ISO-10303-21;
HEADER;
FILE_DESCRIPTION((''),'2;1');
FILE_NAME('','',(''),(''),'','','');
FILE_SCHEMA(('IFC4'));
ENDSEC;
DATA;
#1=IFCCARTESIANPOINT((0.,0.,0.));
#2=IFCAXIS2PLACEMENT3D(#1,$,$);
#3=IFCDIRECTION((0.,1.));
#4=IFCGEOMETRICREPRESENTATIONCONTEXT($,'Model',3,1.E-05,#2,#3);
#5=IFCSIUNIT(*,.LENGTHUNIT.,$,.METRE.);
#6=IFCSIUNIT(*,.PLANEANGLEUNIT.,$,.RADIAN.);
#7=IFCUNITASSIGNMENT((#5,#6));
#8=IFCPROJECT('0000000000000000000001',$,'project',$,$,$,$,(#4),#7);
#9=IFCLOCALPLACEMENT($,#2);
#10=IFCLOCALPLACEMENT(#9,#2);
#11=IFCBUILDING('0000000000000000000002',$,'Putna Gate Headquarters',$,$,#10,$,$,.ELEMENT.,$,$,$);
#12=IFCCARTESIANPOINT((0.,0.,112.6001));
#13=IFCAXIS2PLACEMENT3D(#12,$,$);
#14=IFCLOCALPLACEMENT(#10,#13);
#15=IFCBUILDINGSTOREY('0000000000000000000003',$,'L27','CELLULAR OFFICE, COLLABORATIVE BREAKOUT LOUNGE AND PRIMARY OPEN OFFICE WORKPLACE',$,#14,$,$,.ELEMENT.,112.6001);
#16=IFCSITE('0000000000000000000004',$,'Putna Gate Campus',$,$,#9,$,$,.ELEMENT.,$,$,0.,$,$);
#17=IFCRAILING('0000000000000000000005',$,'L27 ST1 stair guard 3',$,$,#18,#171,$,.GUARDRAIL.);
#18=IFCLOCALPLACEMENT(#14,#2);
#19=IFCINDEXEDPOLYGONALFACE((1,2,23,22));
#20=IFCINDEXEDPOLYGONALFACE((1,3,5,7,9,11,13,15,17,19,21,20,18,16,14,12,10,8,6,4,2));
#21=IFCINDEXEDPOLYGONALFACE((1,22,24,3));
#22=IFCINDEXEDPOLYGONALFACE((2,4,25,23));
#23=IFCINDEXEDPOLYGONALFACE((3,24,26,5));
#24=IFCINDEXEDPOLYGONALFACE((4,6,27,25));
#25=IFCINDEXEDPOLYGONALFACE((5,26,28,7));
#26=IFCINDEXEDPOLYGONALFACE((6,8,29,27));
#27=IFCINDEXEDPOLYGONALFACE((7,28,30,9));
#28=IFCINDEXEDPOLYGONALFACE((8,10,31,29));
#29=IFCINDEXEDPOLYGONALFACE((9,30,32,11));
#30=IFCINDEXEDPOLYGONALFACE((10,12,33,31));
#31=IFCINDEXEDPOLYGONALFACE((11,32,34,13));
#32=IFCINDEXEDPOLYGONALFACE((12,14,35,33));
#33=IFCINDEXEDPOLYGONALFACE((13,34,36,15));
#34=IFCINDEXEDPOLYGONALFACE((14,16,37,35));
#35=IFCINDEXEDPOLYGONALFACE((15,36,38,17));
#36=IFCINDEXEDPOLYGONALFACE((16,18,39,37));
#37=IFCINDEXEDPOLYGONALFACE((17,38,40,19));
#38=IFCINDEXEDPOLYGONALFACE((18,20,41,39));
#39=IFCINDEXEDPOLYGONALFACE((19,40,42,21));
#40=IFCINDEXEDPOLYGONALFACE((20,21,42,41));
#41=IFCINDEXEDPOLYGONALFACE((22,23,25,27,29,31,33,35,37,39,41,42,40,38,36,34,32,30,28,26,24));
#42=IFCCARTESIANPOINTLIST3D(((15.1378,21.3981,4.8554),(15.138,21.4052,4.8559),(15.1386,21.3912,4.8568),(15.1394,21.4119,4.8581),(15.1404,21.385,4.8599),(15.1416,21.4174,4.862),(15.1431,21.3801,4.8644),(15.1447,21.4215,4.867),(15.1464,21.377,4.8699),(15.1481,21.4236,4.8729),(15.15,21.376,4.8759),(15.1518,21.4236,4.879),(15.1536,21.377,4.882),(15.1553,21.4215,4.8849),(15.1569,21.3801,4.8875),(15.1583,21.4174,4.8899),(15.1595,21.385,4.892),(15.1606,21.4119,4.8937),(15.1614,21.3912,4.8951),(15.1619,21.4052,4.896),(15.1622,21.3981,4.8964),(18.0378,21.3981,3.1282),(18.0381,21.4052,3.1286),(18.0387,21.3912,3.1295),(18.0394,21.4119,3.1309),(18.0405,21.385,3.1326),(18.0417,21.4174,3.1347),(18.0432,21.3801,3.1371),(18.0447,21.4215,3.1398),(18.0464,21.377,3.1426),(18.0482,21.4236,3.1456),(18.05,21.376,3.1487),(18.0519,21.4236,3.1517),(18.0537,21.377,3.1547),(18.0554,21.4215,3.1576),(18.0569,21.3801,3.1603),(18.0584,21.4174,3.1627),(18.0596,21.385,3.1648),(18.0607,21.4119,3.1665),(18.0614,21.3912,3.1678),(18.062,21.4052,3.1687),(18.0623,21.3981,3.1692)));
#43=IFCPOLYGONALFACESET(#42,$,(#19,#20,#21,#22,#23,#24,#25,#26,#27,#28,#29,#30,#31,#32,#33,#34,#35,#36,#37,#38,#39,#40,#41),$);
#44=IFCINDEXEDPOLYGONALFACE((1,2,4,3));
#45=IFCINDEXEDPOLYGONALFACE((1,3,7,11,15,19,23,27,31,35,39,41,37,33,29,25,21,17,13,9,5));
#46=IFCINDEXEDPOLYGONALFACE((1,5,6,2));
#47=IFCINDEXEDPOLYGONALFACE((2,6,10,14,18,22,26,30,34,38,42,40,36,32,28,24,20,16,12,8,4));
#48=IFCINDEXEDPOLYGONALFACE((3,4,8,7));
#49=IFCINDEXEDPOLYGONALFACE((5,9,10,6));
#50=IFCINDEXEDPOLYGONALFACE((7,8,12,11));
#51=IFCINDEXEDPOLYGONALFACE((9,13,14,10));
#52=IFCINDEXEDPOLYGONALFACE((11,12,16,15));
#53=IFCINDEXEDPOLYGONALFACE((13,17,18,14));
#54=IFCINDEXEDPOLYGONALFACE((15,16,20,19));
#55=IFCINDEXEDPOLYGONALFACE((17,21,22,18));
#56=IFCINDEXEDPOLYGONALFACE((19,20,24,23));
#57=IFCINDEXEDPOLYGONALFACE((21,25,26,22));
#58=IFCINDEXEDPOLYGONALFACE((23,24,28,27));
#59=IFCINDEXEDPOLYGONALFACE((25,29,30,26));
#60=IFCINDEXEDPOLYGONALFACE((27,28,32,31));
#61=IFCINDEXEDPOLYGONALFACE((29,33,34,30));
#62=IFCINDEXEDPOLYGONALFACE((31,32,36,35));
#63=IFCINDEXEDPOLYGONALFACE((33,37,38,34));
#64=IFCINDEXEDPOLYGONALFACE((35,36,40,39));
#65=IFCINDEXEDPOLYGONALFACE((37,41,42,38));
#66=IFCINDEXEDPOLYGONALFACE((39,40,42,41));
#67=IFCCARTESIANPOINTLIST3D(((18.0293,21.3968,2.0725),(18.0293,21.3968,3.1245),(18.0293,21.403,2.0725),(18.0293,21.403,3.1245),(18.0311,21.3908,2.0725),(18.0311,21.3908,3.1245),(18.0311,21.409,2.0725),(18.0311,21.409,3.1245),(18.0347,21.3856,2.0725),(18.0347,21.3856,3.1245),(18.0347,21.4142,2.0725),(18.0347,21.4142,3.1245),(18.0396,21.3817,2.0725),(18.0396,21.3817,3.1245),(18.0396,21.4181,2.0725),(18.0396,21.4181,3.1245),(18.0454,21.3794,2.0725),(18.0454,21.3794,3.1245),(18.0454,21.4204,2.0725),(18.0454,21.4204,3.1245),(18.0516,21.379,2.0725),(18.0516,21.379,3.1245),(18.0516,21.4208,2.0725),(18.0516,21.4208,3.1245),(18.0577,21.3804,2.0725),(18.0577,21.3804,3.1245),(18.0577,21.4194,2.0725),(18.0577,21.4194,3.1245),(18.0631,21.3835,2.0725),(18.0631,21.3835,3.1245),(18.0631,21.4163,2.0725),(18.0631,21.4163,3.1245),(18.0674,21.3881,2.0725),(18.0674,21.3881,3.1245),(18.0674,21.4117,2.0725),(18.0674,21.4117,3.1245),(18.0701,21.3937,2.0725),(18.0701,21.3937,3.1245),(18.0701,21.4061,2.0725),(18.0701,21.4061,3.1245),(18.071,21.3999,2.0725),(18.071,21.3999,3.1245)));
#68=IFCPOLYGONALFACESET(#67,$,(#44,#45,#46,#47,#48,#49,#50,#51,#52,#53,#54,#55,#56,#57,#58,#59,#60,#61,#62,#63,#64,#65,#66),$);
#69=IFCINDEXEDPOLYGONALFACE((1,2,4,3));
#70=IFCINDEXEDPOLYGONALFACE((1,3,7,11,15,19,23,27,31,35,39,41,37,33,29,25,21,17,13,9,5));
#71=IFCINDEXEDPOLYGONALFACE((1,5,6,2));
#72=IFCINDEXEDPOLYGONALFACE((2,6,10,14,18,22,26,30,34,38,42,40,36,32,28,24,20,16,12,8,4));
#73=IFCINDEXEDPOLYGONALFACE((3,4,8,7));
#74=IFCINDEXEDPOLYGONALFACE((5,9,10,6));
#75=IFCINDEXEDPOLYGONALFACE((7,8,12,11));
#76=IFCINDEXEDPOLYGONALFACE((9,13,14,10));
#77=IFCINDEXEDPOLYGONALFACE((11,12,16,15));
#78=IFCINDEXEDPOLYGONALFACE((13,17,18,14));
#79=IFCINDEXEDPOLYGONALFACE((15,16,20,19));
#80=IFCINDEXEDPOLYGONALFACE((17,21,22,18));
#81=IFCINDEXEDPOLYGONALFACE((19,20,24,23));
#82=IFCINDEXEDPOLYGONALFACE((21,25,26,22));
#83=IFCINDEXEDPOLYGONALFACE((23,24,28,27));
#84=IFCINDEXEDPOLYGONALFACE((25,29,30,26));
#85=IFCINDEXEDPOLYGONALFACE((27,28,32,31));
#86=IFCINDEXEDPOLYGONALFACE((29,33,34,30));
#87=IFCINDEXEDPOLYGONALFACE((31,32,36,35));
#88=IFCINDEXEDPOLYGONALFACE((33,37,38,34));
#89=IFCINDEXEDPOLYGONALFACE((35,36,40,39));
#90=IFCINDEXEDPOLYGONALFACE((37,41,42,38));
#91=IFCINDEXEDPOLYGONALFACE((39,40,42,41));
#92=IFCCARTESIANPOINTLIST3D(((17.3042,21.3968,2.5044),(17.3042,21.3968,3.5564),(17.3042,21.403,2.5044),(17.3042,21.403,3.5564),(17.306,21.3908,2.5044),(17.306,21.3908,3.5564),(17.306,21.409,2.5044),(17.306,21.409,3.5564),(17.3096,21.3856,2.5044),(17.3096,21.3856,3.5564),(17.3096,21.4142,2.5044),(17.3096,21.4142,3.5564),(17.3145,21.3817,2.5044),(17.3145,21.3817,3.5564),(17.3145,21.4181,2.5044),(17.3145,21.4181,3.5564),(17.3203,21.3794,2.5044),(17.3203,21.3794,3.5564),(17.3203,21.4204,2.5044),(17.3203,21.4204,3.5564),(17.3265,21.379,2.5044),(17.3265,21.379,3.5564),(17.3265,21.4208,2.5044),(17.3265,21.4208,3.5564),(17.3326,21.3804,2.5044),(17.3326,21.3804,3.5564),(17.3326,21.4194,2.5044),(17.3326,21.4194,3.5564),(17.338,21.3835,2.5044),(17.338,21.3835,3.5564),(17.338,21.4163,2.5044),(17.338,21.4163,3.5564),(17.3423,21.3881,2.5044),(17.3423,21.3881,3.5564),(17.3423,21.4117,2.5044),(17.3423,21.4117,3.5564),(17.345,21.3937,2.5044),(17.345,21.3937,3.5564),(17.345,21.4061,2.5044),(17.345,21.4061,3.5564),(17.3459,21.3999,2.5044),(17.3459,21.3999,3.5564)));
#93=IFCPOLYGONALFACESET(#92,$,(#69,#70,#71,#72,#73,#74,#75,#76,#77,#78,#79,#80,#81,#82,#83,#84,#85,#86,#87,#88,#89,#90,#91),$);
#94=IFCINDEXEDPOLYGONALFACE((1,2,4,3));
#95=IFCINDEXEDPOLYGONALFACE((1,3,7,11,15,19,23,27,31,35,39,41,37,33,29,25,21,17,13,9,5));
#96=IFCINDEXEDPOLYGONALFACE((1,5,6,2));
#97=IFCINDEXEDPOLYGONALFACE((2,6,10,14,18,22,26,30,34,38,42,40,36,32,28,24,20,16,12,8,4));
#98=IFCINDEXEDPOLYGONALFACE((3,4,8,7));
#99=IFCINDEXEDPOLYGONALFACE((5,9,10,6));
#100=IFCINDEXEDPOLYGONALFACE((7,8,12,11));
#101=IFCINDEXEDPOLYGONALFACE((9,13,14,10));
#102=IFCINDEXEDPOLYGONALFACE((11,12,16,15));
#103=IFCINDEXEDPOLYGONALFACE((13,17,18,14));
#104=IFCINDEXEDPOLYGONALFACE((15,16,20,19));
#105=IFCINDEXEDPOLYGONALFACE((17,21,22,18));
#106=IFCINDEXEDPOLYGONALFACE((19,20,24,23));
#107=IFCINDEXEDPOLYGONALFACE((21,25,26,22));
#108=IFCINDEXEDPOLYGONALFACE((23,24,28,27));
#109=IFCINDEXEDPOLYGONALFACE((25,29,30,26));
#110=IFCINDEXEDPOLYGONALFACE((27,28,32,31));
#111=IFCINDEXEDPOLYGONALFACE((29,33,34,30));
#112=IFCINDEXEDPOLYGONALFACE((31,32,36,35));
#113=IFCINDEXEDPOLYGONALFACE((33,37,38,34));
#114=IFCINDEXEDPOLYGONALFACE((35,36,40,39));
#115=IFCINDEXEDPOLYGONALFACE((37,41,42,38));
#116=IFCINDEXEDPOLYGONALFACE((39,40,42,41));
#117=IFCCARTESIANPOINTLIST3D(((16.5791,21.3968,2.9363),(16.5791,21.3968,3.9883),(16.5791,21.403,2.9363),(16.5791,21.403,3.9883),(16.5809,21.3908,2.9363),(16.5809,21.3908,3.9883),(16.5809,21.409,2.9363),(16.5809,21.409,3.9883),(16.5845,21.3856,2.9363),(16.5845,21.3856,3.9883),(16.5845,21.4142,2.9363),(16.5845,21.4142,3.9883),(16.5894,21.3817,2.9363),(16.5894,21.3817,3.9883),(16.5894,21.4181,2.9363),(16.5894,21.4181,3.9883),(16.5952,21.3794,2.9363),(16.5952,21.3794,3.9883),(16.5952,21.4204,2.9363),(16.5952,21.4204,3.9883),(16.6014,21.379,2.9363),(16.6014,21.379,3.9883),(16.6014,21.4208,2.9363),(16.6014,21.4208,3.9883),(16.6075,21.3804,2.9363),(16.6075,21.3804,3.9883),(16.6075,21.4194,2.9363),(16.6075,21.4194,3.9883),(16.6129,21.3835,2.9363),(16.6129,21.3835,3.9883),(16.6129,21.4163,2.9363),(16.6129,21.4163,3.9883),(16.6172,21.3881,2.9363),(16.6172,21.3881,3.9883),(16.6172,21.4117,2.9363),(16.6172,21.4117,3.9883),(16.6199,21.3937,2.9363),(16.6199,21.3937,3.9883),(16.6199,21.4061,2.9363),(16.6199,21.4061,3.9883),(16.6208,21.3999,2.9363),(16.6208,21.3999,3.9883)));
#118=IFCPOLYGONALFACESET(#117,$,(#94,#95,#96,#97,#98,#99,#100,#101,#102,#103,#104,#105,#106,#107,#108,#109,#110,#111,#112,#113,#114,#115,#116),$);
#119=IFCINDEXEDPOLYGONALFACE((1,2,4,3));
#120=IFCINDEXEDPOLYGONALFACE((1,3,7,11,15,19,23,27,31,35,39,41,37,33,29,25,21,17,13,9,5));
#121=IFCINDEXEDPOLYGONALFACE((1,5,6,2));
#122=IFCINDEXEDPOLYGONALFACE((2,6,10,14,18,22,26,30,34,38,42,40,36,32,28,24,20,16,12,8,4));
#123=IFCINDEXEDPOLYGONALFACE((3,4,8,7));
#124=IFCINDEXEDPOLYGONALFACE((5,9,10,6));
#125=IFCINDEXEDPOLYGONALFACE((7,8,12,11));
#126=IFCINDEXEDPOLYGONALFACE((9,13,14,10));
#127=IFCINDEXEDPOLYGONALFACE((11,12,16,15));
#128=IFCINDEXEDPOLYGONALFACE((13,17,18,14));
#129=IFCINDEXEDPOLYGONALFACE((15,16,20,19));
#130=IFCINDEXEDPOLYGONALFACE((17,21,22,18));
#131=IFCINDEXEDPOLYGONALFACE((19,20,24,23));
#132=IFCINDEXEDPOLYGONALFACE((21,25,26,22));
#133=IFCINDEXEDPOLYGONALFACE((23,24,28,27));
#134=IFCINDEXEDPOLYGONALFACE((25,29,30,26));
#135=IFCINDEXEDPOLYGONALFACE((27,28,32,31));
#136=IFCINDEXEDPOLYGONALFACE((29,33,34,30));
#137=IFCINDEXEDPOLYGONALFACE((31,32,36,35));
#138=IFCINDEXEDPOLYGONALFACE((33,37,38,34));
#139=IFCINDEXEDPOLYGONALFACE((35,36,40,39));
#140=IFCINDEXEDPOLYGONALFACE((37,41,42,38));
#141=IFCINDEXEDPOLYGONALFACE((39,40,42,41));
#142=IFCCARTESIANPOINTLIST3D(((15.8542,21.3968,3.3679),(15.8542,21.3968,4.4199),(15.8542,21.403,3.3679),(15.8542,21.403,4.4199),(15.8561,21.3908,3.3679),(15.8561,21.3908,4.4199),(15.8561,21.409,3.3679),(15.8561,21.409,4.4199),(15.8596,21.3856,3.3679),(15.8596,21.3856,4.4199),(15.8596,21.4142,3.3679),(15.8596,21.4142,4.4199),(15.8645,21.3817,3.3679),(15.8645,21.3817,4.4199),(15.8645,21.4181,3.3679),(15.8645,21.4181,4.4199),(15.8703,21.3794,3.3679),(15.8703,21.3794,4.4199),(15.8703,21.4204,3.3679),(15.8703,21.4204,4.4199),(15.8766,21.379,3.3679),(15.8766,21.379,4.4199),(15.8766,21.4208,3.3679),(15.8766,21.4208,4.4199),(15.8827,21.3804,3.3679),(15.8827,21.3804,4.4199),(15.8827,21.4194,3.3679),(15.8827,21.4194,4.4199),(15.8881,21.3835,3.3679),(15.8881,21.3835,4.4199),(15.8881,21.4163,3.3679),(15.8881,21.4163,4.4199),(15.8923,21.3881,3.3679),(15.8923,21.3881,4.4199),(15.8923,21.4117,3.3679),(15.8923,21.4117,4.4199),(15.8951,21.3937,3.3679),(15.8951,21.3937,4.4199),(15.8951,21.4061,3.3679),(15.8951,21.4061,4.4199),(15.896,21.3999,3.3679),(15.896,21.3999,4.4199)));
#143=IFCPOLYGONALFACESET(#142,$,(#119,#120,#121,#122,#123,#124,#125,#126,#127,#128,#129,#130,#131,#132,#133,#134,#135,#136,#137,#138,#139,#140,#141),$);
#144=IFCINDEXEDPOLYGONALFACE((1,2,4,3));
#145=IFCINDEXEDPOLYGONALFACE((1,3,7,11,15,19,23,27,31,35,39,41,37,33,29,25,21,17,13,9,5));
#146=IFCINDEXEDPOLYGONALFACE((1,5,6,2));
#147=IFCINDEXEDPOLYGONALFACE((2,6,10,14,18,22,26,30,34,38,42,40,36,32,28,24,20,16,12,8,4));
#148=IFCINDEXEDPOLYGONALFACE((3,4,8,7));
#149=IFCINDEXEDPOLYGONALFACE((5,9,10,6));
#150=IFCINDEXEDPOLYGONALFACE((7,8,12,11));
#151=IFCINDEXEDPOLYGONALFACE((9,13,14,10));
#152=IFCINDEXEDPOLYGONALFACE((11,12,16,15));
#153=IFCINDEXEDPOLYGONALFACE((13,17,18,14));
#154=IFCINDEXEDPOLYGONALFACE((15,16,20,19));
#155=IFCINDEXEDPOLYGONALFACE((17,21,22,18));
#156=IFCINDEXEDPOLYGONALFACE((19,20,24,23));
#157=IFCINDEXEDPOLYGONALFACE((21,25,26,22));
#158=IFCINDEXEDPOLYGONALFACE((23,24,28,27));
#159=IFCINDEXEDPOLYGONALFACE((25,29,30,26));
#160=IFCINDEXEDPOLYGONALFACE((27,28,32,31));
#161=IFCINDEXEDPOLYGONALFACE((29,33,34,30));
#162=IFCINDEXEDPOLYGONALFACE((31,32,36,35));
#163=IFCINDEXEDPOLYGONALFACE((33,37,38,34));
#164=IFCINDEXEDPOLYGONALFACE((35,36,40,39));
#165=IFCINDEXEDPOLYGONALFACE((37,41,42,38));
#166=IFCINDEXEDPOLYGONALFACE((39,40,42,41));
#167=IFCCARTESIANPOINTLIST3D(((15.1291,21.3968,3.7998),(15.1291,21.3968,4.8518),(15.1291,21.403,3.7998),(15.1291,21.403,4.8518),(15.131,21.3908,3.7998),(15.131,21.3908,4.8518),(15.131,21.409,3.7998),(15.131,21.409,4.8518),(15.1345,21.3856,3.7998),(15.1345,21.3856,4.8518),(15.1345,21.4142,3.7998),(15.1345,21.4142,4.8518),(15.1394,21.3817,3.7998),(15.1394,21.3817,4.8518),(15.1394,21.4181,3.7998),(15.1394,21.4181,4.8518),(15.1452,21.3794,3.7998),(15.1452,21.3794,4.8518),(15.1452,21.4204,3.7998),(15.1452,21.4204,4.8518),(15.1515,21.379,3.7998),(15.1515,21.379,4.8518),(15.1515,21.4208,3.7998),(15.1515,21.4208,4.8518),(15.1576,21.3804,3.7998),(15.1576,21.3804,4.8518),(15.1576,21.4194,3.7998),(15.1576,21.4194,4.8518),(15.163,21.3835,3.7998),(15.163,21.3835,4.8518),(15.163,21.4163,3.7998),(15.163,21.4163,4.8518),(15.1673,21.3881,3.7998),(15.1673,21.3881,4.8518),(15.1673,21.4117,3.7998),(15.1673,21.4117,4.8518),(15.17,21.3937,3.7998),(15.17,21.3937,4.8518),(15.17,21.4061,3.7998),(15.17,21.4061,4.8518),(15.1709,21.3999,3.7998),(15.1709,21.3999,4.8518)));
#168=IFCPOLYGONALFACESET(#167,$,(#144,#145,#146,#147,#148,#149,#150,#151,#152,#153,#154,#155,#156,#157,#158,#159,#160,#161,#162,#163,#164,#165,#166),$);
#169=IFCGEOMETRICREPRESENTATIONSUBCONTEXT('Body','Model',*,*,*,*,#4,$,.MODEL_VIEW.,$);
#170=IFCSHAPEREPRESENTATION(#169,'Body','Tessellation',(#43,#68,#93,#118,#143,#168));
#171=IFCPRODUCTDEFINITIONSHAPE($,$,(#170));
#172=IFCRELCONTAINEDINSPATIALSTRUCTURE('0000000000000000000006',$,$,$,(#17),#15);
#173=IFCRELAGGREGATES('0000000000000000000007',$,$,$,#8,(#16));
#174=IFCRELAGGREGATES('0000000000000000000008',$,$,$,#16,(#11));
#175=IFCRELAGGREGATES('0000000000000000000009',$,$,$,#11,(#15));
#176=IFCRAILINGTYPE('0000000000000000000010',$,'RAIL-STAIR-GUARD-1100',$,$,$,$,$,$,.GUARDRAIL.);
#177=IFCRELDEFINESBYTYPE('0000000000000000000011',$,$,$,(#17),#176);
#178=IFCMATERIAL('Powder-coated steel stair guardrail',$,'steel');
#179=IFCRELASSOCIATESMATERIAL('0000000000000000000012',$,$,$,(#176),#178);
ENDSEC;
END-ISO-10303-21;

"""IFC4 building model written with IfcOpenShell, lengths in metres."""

from ifc_helpers import new_model, si_unit, direction, frame, origin, origin_2d, place, context, subcontext, project, spatial, circle, extrude, material, type_object, element, save


model = new_model("IFC4")

# Units and contexts
model_context = context("Model", 3, precision=1e-05, world=origin(), true_north=direction((0.0, 1.0)))
body_context = subcontext(model_context, "Body", "Model", "MODEL_VIEW")
ifc_project = project(units=[si_unit("LENGTHUNIT", "METRE"), si_unit("PLANEANGLEUNIT", "RADIAN")], contexts=[model_context])

# Site, building, storey
site_placement = place(None, origin())
site = spatial("IfcSite", under=ifc_project, at=site_placement, Name="Putna Gate Campus", CompositionType="ELEMENT", RefElevation=0.0)
building_placement = place(site_placement, origin())
building = spatial("IfcBuilding", under=site, at=building_placement, Name="Putna Gate Headquarters", CompositionType="ELEMENT")
storey_placement = place(building_placement, frame((0.0, 0.0, 112.6001)))
storey = spatial("IfcBuildingStorey", under=building, at=storey_placement, Name="L27", Description="CELLULAR OFFICE, COLLABORATIVE BREAKOUT LOUNGE AND PRIMARY OPEN OFFICE WORKPLACE", CompositionType="ELEMENT", Elevation=112.6001)

# Railing
ifc_material_1 = material(Name="Powder-coated steel stair guardrail", Category="steel")
railing_type_1 = type_object("IfcRailingType", Name="RAIL-STAIR-GUARD-1100", PredefinedType="GUARDRAIL", material=ifc_material_1)
railing_1_placement = place(storey_placement, frame((18.05, 21.3999, 2.0725)))
element("IfcRailing", 1, at=railing_1_placement, inside=storey, type_object=railing_type_1, Name="L27 ST1 stair guard 3", PredefinedType="GUARDRAIL", context=body_context, shape_type="SweptSolid", body=[
    extrude(circle(Radius=0.0239, at=origin_2d()), frame((0.0, 0.0, 1.0762), z_axis=(-0.85916, 0.0, 0.511706), x_axis=(0.0, -1.0, 0.0)), (0.0, 0.0, 1.0), 3.3755),
    extrude(circle(Radius=0.021, at=origin_2d()), origin(), (0.0, 0.0, 1.0), 1.052),
    extrude(circle(Radius=0.021, at=origin_2d()), frame((-0.7251, 0.0, 0.4319)), (0.0, 0.0, 1.0), 1.052),
    extrude(circle(Radius=0.021, at=origin_2d()), frame((-1.4502, 0.0, 0.8638)), (0.0, 0.0, 1.0), 1.052),
    extrude(circle(Radius=0.021, at=origin_2d()), frame((-2.175, 0.0, 1.2954)), (0.0, 0.0, 1.0), 1.052),
    extrude(circle(Radius=0.021, at=origin_2d()), frame((-2.9001, 0.0, 1.7273)), (0.0, 0.0, 1.0), 1.052),
])

save(model, "model.ifc")
